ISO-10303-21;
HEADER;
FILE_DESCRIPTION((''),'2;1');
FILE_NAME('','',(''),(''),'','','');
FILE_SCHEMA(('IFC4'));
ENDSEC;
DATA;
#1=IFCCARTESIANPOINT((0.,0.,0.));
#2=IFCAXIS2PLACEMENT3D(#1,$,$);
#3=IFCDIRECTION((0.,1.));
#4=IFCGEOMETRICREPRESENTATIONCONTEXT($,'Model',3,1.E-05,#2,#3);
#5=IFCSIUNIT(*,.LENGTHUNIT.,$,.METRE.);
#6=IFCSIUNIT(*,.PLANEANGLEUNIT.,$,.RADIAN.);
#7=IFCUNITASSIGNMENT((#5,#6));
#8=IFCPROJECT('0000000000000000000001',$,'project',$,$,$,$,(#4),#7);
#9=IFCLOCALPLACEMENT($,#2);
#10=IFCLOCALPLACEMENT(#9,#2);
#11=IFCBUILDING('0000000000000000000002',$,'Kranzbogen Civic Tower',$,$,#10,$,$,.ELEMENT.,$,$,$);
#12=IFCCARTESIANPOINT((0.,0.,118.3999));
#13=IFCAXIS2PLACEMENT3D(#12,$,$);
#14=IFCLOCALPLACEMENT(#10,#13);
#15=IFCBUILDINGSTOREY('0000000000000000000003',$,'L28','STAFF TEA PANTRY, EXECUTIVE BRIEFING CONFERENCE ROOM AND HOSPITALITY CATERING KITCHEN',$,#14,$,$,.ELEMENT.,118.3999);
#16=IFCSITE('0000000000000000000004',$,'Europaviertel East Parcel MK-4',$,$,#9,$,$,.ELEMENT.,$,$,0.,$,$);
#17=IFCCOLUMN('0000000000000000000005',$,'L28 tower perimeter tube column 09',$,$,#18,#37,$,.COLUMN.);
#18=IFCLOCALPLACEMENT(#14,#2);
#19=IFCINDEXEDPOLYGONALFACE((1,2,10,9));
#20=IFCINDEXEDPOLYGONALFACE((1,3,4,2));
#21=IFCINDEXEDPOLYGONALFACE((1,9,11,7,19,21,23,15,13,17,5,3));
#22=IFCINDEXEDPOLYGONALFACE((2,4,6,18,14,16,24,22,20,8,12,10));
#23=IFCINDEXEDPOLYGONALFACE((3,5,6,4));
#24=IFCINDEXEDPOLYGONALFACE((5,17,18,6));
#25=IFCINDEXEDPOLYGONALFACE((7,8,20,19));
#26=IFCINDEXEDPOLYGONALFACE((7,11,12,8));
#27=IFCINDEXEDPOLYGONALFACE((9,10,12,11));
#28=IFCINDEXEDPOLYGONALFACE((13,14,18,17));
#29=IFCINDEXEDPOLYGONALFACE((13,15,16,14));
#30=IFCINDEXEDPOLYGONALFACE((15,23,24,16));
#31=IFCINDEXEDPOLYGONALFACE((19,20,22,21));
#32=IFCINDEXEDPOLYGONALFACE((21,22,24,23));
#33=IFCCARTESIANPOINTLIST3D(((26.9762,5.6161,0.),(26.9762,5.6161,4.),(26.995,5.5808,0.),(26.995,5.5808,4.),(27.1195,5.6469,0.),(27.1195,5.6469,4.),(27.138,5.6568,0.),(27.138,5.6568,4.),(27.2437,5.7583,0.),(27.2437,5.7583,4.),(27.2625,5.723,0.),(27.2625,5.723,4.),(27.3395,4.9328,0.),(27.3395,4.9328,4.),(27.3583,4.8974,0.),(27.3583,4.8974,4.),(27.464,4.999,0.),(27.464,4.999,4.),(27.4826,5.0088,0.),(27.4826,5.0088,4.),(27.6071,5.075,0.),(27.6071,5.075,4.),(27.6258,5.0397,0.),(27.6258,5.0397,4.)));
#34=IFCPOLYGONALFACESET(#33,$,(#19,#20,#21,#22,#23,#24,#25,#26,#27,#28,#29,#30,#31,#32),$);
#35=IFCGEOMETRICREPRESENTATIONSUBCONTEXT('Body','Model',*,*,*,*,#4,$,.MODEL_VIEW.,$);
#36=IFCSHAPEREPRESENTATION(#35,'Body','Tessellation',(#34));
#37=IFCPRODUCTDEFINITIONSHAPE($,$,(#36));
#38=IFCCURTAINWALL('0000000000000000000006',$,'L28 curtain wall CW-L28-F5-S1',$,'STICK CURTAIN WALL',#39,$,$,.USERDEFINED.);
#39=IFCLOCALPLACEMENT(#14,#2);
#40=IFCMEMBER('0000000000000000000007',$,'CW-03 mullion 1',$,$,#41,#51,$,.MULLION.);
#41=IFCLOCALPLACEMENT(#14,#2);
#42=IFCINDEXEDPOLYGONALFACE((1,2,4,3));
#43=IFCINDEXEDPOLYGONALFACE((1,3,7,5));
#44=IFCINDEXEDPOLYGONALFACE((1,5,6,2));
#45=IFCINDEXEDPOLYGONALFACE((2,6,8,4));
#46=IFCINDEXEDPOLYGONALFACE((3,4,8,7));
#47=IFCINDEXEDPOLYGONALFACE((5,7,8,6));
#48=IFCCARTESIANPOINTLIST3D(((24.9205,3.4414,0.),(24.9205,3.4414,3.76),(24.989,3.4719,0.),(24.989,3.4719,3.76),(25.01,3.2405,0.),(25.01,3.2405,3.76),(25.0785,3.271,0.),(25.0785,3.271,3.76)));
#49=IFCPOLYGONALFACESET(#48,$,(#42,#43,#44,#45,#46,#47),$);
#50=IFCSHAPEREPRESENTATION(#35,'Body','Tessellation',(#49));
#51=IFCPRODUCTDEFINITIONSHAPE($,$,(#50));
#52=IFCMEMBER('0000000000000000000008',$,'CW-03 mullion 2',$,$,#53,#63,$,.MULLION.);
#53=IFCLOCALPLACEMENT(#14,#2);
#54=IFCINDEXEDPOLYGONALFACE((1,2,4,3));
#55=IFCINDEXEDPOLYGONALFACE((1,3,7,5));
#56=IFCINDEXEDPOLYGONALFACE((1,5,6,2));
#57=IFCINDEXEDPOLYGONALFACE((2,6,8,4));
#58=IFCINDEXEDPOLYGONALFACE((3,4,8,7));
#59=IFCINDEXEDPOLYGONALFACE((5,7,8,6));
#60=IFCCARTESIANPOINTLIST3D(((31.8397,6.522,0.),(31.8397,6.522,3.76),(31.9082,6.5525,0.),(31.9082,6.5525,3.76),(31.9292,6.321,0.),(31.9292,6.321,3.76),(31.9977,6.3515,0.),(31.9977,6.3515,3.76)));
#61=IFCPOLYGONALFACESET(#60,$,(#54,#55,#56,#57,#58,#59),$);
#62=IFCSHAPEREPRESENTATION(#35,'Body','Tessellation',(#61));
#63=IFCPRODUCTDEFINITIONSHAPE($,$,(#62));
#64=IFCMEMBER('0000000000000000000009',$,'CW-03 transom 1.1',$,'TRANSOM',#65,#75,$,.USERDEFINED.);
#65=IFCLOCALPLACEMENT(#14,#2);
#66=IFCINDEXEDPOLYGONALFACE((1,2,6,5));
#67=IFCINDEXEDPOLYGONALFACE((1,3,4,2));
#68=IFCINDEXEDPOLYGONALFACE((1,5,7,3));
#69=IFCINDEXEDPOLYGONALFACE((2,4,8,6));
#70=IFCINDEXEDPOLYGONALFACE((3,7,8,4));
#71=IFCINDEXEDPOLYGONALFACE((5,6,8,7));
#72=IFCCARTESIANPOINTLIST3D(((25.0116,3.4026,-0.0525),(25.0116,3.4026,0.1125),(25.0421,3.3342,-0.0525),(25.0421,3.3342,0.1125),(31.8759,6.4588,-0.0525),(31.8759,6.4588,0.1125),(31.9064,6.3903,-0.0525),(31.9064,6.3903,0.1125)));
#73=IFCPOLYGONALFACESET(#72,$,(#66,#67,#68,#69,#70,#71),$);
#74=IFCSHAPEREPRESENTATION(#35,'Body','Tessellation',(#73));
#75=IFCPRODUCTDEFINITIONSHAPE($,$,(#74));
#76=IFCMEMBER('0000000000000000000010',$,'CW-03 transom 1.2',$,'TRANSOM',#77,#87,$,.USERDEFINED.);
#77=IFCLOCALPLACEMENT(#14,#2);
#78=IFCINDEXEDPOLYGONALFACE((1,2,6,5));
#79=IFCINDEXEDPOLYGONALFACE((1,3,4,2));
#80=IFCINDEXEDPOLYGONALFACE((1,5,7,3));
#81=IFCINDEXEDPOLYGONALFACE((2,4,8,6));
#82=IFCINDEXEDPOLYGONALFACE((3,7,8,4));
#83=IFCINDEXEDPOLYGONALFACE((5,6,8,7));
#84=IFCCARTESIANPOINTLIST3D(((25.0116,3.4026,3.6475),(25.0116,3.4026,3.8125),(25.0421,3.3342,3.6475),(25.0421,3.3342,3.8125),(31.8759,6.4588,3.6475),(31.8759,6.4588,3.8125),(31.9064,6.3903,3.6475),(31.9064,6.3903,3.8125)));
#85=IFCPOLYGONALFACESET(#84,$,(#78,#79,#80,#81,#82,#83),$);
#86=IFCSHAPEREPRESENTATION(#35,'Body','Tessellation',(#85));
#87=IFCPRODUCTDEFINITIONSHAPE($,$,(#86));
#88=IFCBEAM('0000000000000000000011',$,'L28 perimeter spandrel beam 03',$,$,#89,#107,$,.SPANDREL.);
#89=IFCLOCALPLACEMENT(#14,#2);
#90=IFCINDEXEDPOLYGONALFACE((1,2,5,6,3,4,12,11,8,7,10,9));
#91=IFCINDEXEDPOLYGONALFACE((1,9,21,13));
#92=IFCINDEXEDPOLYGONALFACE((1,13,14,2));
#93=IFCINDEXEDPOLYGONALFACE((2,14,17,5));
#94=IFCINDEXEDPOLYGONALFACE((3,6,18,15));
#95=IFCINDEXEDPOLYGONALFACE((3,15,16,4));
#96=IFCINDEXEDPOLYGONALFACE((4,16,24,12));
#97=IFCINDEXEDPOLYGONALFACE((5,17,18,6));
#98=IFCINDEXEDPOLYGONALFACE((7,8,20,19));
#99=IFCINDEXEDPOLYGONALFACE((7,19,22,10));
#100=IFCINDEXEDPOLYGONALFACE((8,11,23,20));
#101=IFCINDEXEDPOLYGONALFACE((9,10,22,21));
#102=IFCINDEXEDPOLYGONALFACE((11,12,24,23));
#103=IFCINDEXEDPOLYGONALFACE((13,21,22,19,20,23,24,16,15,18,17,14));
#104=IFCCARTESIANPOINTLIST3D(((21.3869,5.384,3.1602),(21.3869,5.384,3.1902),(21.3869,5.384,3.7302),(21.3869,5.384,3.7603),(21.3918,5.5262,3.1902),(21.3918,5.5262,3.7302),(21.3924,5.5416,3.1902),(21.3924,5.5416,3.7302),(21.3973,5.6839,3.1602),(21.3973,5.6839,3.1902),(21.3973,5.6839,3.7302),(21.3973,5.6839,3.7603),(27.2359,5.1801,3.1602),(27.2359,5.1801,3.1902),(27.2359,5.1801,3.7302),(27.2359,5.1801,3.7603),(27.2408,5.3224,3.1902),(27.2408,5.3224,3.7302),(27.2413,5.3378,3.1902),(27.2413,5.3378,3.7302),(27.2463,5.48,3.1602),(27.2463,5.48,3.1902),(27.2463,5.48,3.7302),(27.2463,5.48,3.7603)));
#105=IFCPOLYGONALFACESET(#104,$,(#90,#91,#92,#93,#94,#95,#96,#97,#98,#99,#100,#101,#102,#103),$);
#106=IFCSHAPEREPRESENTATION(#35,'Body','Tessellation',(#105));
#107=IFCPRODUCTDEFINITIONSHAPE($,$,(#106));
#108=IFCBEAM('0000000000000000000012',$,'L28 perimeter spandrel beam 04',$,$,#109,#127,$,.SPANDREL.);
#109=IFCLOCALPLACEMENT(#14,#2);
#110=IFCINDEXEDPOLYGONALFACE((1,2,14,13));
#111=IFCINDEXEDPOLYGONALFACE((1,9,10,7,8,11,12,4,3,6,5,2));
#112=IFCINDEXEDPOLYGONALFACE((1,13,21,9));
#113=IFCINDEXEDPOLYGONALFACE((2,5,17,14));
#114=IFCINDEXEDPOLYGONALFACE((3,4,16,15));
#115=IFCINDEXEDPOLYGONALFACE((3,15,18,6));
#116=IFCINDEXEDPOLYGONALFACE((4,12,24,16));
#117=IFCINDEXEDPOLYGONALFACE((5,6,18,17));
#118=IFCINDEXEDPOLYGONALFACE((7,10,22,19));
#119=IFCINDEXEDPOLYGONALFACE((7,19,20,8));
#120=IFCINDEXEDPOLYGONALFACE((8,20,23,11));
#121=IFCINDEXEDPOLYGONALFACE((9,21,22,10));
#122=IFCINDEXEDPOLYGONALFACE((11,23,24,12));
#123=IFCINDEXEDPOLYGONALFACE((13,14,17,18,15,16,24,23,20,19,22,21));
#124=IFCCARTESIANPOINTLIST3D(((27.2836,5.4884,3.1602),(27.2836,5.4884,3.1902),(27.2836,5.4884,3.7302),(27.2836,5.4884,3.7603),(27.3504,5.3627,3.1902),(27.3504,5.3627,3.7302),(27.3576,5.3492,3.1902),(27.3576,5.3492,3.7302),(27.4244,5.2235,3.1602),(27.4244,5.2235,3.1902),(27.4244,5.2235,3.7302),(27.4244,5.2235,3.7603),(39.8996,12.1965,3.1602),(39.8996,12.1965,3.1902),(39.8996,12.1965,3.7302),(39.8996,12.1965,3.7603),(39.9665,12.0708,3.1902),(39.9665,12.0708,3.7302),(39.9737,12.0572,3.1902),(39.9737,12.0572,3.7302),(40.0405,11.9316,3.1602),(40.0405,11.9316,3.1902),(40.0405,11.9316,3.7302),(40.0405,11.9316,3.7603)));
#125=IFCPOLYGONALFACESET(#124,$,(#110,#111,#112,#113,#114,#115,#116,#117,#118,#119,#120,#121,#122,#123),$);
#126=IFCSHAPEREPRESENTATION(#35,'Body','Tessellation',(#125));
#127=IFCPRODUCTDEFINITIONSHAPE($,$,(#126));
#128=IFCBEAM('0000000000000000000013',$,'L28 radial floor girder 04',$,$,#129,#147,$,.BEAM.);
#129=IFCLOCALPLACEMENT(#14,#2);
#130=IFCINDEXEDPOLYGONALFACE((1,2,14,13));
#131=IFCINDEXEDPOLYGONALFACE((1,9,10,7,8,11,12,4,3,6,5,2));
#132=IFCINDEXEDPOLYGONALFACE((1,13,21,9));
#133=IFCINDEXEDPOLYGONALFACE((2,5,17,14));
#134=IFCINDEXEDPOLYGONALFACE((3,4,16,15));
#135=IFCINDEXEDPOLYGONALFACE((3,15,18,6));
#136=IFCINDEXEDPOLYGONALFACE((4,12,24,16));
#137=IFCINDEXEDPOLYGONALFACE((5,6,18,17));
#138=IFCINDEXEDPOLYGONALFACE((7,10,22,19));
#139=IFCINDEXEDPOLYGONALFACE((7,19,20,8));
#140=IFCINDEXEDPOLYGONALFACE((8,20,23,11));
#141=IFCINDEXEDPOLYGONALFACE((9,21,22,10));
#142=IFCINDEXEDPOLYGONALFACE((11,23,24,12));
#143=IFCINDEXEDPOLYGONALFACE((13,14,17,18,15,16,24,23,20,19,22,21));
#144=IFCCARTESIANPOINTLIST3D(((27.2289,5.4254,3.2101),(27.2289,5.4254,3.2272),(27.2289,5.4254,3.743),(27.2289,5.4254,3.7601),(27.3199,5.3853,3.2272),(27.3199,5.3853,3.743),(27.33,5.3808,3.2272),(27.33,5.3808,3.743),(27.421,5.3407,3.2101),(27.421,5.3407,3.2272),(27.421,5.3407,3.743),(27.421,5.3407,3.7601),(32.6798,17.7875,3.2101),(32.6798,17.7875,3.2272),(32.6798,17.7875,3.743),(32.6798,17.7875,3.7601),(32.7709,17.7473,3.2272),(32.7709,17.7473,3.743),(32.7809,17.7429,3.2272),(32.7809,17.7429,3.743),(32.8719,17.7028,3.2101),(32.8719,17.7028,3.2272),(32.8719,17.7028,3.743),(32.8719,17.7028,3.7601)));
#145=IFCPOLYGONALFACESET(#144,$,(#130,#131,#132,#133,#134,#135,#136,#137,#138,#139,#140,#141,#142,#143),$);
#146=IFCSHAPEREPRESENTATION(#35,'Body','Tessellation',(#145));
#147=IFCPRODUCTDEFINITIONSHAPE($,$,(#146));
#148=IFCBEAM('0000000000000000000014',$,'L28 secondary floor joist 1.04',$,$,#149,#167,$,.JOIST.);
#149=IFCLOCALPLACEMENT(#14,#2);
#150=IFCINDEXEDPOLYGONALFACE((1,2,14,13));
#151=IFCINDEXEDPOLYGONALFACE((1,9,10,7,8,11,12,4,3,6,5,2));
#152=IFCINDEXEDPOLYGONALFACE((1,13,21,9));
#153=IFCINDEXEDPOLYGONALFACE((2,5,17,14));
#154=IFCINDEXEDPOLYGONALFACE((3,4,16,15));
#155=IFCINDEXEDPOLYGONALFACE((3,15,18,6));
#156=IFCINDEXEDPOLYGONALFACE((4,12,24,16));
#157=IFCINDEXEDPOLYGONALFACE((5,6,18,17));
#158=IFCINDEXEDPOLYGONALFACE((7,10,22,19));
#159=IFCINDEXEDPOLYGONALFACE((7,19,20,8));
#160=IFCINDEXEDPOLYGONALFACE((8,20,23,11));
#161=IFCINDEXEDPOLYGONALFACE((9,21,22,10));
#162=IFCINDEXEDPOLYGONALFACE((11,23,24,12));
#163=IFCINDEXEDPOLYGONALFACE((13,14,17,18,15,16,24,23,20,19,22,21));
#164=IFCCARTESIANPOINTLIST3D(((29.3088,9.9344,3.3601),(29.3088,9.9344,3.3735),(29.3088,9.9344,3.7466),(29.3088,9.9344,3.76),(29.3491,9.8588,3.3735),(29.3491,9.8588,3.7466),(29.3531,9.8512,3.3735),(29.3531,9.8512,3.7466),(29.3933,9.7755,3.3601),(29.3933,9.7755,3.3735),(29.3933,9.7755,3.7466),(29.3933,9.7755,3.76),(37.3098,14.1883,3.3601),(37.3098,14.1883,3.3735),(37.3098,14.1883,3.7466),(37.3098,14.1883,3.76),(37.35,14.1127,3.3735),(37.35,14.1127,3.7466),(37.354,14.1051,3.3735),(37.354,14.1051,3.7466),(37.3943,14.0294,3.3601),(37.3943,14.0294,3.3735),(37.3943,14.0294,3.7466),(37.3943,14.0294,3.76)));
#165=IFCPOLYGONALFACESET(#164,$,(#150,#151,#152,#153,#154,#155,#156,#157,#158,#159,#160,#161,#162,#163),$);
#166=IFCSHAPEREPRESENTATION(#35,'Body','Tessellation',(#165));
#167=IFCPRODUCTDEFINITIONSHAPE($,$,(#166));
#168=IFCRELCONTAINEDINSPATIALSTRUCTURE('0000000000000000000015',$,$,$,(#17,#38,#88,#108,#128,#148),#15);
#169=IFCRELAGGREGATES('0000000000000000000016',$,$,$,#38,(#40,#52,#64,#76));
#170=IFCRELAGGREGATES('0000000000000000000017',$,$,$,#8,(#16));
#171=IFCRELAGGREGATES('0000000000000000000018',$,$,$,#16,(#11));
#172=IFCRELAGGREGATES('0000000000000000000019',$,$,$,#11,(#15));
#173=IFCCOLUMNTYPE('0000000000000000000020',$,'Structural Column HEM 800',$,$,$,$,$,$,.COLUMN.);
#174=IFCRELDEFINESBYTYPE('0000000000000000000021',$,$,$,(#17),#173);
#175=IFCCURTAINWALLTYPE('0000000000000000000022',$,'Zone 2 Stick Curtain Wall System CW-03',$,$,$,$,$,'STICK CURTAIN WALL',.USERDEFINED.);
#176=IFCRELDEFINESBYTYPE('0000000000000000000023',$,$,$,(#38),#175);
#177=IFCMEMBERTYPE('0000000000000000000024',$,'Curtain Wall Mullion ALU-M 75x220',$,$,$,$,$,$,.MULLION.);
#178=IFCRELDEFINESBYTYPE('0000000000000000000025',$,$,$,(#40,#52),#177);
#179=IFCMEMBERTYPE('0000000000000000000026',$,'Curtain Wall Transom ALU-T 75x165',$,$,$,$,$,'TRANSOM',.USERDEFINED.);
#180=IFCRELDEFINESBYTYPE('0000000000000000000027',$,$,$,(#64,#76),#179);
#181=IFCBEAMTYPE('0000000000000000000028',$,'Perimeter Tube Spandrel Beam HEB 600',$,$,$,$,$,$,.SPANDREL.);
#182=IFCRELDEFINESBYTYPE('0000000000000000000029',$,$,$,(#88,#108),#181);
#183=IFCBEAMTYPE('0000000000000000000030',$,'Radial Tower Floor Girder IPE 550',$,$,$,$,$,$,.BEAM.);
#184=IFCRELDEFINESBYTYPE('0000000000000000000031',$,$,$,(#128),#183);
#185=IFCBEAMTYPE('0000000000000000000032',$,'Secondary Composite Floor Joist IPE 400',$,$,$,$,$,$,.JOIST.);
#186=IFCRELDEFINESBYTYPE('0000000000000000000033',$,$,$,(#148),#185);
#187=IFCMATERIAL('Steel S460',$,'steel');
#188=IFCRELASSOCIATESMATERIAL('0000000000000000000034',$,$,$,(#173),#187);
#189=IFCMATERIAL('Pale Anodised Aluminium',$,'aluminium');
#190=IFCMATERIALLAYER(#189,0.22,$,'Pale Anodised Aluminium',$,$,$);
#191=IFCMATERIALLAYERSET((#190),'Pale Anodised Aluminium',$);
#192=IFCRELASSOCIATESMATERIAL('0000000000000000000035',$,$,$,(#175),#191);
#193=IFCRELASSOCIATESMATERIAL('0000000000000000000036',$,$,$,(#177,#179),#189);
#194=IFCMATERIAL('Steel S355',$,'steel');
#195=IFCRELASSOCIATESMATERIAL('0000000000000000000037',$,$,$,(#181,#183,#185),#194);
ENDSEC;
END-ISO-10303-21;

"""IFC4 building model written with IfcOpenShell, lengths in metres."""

from ifc_helpers import new_model, si_unit, direction, frame, origin, origin_2d, place, context, subcontext, project, spatial, rectangle, i_section, extrude, material, layer, layer_set, material_profile, profile_set, type_object, element, aggregate, save


model = new_model("IFC4")

# Units and contexts
model_context = context("Model", 3, precision=1e-05, world=origin(), true_north=direction((0.0, 1.0)))
body_context = subcontext(model_context, "Body", "Model", "MODEL_VIEW")
ifc_project = project(units=[si_unit("LENGTHUNIT", "METRE"), si_unit("PLANEANGLEUNIT", "RADIAN")], contexts=[model_context])

# Site, building, storey
site_placement = place(None, origin())
site = spatial("IfcSite", under=ifc_project, at=site_placement, Name="Europaviertel East Parcel MK-4", CompositionType="ELEMENT", RefElevation=0.0)
building_placement = place(site_placement, origin())
building = spatial("IfcBuilding", under=site, at=building_placement, Name="Kranzbogen Civic Tower", CompositionType="ELEMENT")
storey_placement = place(building_placement, frame((0.0, 0.0, 118.3999)))
storey = spatial("IfcBuildingStorey", under=building, at=storey_placement, Name="L28", Description="STAFF TEA PANTRY, EXECUTIVE BRIEFING CONFERENCE ROOM AND HOSPITALITY CATERING KITCHEN", CompositionType="ELEMENT", Elevation=118.3999)

# Column
ifc_material_1 = material(Name="Steel S460", Category="steel")
ifc_material_profile_1 = material_profile(ifc_material_1, i_section(OverallWidth=0.303, OverallDepth=0.814, WebThickness=0.021, FlangeThickness=0.04, at=origin_2d()), Name="HEM 800")
ifc_profile_set_1 = profile_set([ifc_material_profile_1], Name="Steel S460")
column_type = type_object("IfcColumnType", Name="Structural Column HEM 800", PredefinedType="COLUMN", material=ifc_profile_set_1)
column_placement = place(storey_placement, frame((27.301, 5.3279, 0.0), z_axis=(0.0, 0.0, 1.0), x_axis=(0.882948, 0.469472, 0.0)))
element("IfcColumn", 1, at=column_placement, inside=storey, type_object=column_type, Name="L28 tower perimeter tube column 09", PredefinedType="COLUMN", context=body_context, shape_type="SweptSolid", body=[
    extrude(i_section(OverallWidth=0.303, OverallDepth=0.814, WebThickness=0.021, FlangeThickness=0.04, at=origin_2d()), origin(), (0.0, 0.0, 1.0), 4.0),
])

# Curtain wall, members
ifc_material_2 = material(Name="Pale Anodised Aluminium", Category="aluminium")
ifc_layer_1 = layer(ifc_material_2, 0.22, Name="Pale Anodised Aluminium")
ifc_layer_set_1 = layer_set([ifc_layer_1], Name="Pale Anodised Aluminium")
curtain_wall_type = type_object("IfcCurtainWallType", Name="Zone 2 Stick Curtain Wall System CW-03", ElementType="STICK CURTAIN WALL", PredefinedType="USERDEFINED", material=ifc_layer_set_1)
curtain_wall_placement = place(storey_placement, origin())
curtain_wall = element("IfcCurtainWall", 2, at=curtain_wall_placement, inside=storey, type_object=curtain_wall_type, Name="L28 curtain wall CW-L28-F5-S1", ObjectType="STICK CURTAIN WALL", PredefinedType="USERDEFINED")
ifc_material_profile_2 = material_profile(ifc_material_2, rectangle(XDim=0.075, YDim=0.22, at=origin_2d()), Name="ALU-M 75x220")
ifc_profile_set_2 = profile_set([ifc_material_profile_2], Name="Pale Anodised Aluminium")
member_type_1 = type_object("IfcMemberType", Name="Curtain Wall Mullion ALU-M 75x220", PredefinedType="MULLION", material=ifc_profile_set_2)
member_1_placement = place(storey_placement, frame((24.9995, 3.3562, 0.0), z_axis=(0.0, 0.0, 1.0), x_axis=(0.913547, 0.406734, 0.0)))
member_1 = element("IfcMember", 3, at=member_1_placement, type_object=member_type_1, Name="CW-03 mullion 1", PredefinedType="MULLION", context=body_context, shape_type="SweptSolid", body=[
    extrude(rectangle(XDim=0.075, YDim=0.22, at=origin_2d()), origin(), (0.0, 0.0, 1.0), 3.76),
])
member_2_placement = place(storey_placement, frame((31.9187, 6.4368, 0.0), z_axis=(0.0, 0.0, 1.0), x_axis=(0.913547, 0.406734, 0.0)))
member_2 = element("IfcMember", 4, at=member_2_placement, type_object=member_type_1, Name="CW-03 mullion 2", PredefinedType="MULLION", context=body_context, shape_type="SweptSolid", body=[
    extrude(rectangle(XDim=0.075, YDim=0.22, at=origin_2d()), origin(), (0.0, 0.0, 1.0), 3.76),
])
ifc_material_profile_3 = material_profile(ifc_material_2, rectangle(XDim=0.075, YDim=0.165, at=origin_2d()), Name="ALU-T 75x165")
ifc_profile_set_3 = profile_set([ifc_material_profile_3], Name="Pale Anodised Aluminium")
member_type_2 = type_object("IfcMemberType", Name="Curtain Wall Transom ALU-T 75x165", ElementType="TRANSOM", PredefinedType="USERDEFINED", material=ifc_profile_set_3)
member_3_placement = place(storey_placement, frame((25.0269, 3.3684, 0.03), z_axis=(0.913546, 0.406735, 0.0), x_axis=(-0.406735, 0.913546, 0.0)))
member_3 = element("IfcMember", 5, at=member_3_placement, type_object=member_type_2, Name="CW-03 transom 1.1", ObjectType="TRANSOM", PredefinedType="USERDEFINED", context=body_context, shape_type="SweptSolid", body=[
    extrude(rectangle(XDim=0.075, YDim=0.165, at=origin_2d()), origin(), (0.0, 0.0, 1.0), 7.5139),
])
member_4_placement = place(storey_placement, frame((25.0269, 3.3684, 3.73), z_axis=(0.913546, 0.406735, 0.0), x_axis=(-0.406735, 0.913546, 0.0)))
member_4 = element("IfcMember", 6, at=member_4_placement, type_object=member_type_2, Name="CW-03 transom 1.2", ObjectType="TRANSOM", PredefinedType="USERDEFINED", context=body_context, shape_type="SweptSolid", body=[
    extrude(rectangle(XDim=0.075, YDim=0.165, at=origin_2d()), origin(), (0.0, 0.0, 1.0), 7.5139),
])

# Beams
ifc_material_3 = material(Name="Steel S355", Category="steel")
ifc_material_profile_4 = material_profile(ifc_material_3, i_section(OverallWidth=0.3, OverallDepth=0.6001, WebThickness=0.0154, FlangeThickness=0.03, at=origin_2d()), Name="HEB 600")
ifc_profile_set_4 = profile_set([ifc_material_profile_4], Name="Steel S355")
beam_type_1 = type_object("IfcBeamType", Name="Perimeter Tube Spandrel Beam HEB 600", PredefinedType="SPANDREL", material=ifc_profile_set_4)
beam_1_placement = place(storey_placement, frame((21.3921, 5.5339, 3.4602), z_axis=(0.999393, -0.034833, 0.0), x_axis=(0.034833, 0.999393, 0.0)))
element("IfcBeam", 7, at=beam_1_placement, inside=storey, type_object=beam_type_1, Name="L28 perimeter spandrel beam 03", PredefinedType="SPANDREL", context=body_context, shape_type="SweptSolid", body=[
    extrude(i_section(OverallWidth=0.3, OverallDepth=0.6001, WebThickness=0.0154, FlangeThickness=0.03, at=origin_2d()), origin(), (0.0, 0.0, 1.0), 5.8525),
])
beam_2_placement = place(storey_placement, frame((27.354, 5.356, 3.4602), z_axis=(0.882948, 0.46947, 0.0), x_axis=(-0.46947, 0.882948, 0.0)))
element("IfcBeam", 8, at=beam_2_placement, inside=storey, type_object=beam_type_1, Name="L28 perimeter spandrel beam 04", PredefinedType="SPANDREL", context=body_context, shape_type="SweptSolid", body=[
    extrude(i_section(OverallWidth=0.3, OverallDepth=0.6001, WebThickness=0.0154, FlangeThickness=0.03, at=origin_2d()), origin(), (0.0, 0.0, 1.0), 14.2886),
])
ifc_material_profile_5 = material_profile(ifc_material_3, i_section(OverallWidth=0.21, OverallDepth=0.55, WebThickness=0.011, FlangeThickness=0.0171, at=origin_2d()), Name="IPE 550")
ifc_profile_set_5 = profile_set([ifc_material_profile_5], Name="Steel S355")
beam_type_2 = type_object("IfcBeamType", Name="Radial Tower Floor Girder IPE 550", PredefinedType="BEAM", material=ifc_profile_set_5)
beam_3_placement = place(storey_placement, frame((27.325, 5.3831, 3.4851), z_axis=(0.403459, 0.914998, 0.0), x_axis=(-0.914998, 0.403459, 0.0)))
element("IfcBeam", 9, at=beam_3_placement, inside=storey, type_object=beam_type_2, Name="L28 radial floor girder 04", PredefinedType="BEAM", context=body_context, shape_type="SweptSolid", body=[
    extrude(i_section(OverallWidth=0.21, OverallDepth=0.55, WebThickness=0.011, FlangeThickness=0.0171, at=origin_2d()), origin(), (0.0, 0.0, 1.0), 13.5105),
])
ifc_material_profile_6 = material_profile(ifc_material_3, i_section(OverallWidth=0.1799, OverallDepth=0.3999, WebThickness=0.0085, FlangeThickness=0.0134, at=origin_2d()), Name="IPE 400")
ifc_profile_set_6 = profile_set([ifc_material_profile_6], Name="Steel S355")
beam_type_3 = type_object("IfcBeamType", Name="Secondary Composite Floor Joist IPE 400", PredefinedType="JOIST", material=ifc_profile_set_6)
beam_4_placement = place(storey_placement, frame((29.3511, 9.855, 3.5601), z_axis=(0.882961, 0.469447, 0.0), x_axis=(-0.469447, 0.882961, 0.0)))
element("IfcBeam", 10, at=beam_4_placement, inside=storey, type_object=beam_type_3, Name="L28 secondary floor joist 1.04", PredefinedType="JOIST", context=body_context, shape_type="SweptSolid", body=[
    extrude(i_section(OverallWidth=0.1799, OverallDepth=0.3999, WebThickness=0.0085, FlangeThickness=0.0134, at=origin_2d()), origin(), (0.0, 0.0, 1.0), 9.0615),
])

aggregate(curtain_wall, [member_1, member_2, member_3, member_4])

save(model, "model.ifc")
